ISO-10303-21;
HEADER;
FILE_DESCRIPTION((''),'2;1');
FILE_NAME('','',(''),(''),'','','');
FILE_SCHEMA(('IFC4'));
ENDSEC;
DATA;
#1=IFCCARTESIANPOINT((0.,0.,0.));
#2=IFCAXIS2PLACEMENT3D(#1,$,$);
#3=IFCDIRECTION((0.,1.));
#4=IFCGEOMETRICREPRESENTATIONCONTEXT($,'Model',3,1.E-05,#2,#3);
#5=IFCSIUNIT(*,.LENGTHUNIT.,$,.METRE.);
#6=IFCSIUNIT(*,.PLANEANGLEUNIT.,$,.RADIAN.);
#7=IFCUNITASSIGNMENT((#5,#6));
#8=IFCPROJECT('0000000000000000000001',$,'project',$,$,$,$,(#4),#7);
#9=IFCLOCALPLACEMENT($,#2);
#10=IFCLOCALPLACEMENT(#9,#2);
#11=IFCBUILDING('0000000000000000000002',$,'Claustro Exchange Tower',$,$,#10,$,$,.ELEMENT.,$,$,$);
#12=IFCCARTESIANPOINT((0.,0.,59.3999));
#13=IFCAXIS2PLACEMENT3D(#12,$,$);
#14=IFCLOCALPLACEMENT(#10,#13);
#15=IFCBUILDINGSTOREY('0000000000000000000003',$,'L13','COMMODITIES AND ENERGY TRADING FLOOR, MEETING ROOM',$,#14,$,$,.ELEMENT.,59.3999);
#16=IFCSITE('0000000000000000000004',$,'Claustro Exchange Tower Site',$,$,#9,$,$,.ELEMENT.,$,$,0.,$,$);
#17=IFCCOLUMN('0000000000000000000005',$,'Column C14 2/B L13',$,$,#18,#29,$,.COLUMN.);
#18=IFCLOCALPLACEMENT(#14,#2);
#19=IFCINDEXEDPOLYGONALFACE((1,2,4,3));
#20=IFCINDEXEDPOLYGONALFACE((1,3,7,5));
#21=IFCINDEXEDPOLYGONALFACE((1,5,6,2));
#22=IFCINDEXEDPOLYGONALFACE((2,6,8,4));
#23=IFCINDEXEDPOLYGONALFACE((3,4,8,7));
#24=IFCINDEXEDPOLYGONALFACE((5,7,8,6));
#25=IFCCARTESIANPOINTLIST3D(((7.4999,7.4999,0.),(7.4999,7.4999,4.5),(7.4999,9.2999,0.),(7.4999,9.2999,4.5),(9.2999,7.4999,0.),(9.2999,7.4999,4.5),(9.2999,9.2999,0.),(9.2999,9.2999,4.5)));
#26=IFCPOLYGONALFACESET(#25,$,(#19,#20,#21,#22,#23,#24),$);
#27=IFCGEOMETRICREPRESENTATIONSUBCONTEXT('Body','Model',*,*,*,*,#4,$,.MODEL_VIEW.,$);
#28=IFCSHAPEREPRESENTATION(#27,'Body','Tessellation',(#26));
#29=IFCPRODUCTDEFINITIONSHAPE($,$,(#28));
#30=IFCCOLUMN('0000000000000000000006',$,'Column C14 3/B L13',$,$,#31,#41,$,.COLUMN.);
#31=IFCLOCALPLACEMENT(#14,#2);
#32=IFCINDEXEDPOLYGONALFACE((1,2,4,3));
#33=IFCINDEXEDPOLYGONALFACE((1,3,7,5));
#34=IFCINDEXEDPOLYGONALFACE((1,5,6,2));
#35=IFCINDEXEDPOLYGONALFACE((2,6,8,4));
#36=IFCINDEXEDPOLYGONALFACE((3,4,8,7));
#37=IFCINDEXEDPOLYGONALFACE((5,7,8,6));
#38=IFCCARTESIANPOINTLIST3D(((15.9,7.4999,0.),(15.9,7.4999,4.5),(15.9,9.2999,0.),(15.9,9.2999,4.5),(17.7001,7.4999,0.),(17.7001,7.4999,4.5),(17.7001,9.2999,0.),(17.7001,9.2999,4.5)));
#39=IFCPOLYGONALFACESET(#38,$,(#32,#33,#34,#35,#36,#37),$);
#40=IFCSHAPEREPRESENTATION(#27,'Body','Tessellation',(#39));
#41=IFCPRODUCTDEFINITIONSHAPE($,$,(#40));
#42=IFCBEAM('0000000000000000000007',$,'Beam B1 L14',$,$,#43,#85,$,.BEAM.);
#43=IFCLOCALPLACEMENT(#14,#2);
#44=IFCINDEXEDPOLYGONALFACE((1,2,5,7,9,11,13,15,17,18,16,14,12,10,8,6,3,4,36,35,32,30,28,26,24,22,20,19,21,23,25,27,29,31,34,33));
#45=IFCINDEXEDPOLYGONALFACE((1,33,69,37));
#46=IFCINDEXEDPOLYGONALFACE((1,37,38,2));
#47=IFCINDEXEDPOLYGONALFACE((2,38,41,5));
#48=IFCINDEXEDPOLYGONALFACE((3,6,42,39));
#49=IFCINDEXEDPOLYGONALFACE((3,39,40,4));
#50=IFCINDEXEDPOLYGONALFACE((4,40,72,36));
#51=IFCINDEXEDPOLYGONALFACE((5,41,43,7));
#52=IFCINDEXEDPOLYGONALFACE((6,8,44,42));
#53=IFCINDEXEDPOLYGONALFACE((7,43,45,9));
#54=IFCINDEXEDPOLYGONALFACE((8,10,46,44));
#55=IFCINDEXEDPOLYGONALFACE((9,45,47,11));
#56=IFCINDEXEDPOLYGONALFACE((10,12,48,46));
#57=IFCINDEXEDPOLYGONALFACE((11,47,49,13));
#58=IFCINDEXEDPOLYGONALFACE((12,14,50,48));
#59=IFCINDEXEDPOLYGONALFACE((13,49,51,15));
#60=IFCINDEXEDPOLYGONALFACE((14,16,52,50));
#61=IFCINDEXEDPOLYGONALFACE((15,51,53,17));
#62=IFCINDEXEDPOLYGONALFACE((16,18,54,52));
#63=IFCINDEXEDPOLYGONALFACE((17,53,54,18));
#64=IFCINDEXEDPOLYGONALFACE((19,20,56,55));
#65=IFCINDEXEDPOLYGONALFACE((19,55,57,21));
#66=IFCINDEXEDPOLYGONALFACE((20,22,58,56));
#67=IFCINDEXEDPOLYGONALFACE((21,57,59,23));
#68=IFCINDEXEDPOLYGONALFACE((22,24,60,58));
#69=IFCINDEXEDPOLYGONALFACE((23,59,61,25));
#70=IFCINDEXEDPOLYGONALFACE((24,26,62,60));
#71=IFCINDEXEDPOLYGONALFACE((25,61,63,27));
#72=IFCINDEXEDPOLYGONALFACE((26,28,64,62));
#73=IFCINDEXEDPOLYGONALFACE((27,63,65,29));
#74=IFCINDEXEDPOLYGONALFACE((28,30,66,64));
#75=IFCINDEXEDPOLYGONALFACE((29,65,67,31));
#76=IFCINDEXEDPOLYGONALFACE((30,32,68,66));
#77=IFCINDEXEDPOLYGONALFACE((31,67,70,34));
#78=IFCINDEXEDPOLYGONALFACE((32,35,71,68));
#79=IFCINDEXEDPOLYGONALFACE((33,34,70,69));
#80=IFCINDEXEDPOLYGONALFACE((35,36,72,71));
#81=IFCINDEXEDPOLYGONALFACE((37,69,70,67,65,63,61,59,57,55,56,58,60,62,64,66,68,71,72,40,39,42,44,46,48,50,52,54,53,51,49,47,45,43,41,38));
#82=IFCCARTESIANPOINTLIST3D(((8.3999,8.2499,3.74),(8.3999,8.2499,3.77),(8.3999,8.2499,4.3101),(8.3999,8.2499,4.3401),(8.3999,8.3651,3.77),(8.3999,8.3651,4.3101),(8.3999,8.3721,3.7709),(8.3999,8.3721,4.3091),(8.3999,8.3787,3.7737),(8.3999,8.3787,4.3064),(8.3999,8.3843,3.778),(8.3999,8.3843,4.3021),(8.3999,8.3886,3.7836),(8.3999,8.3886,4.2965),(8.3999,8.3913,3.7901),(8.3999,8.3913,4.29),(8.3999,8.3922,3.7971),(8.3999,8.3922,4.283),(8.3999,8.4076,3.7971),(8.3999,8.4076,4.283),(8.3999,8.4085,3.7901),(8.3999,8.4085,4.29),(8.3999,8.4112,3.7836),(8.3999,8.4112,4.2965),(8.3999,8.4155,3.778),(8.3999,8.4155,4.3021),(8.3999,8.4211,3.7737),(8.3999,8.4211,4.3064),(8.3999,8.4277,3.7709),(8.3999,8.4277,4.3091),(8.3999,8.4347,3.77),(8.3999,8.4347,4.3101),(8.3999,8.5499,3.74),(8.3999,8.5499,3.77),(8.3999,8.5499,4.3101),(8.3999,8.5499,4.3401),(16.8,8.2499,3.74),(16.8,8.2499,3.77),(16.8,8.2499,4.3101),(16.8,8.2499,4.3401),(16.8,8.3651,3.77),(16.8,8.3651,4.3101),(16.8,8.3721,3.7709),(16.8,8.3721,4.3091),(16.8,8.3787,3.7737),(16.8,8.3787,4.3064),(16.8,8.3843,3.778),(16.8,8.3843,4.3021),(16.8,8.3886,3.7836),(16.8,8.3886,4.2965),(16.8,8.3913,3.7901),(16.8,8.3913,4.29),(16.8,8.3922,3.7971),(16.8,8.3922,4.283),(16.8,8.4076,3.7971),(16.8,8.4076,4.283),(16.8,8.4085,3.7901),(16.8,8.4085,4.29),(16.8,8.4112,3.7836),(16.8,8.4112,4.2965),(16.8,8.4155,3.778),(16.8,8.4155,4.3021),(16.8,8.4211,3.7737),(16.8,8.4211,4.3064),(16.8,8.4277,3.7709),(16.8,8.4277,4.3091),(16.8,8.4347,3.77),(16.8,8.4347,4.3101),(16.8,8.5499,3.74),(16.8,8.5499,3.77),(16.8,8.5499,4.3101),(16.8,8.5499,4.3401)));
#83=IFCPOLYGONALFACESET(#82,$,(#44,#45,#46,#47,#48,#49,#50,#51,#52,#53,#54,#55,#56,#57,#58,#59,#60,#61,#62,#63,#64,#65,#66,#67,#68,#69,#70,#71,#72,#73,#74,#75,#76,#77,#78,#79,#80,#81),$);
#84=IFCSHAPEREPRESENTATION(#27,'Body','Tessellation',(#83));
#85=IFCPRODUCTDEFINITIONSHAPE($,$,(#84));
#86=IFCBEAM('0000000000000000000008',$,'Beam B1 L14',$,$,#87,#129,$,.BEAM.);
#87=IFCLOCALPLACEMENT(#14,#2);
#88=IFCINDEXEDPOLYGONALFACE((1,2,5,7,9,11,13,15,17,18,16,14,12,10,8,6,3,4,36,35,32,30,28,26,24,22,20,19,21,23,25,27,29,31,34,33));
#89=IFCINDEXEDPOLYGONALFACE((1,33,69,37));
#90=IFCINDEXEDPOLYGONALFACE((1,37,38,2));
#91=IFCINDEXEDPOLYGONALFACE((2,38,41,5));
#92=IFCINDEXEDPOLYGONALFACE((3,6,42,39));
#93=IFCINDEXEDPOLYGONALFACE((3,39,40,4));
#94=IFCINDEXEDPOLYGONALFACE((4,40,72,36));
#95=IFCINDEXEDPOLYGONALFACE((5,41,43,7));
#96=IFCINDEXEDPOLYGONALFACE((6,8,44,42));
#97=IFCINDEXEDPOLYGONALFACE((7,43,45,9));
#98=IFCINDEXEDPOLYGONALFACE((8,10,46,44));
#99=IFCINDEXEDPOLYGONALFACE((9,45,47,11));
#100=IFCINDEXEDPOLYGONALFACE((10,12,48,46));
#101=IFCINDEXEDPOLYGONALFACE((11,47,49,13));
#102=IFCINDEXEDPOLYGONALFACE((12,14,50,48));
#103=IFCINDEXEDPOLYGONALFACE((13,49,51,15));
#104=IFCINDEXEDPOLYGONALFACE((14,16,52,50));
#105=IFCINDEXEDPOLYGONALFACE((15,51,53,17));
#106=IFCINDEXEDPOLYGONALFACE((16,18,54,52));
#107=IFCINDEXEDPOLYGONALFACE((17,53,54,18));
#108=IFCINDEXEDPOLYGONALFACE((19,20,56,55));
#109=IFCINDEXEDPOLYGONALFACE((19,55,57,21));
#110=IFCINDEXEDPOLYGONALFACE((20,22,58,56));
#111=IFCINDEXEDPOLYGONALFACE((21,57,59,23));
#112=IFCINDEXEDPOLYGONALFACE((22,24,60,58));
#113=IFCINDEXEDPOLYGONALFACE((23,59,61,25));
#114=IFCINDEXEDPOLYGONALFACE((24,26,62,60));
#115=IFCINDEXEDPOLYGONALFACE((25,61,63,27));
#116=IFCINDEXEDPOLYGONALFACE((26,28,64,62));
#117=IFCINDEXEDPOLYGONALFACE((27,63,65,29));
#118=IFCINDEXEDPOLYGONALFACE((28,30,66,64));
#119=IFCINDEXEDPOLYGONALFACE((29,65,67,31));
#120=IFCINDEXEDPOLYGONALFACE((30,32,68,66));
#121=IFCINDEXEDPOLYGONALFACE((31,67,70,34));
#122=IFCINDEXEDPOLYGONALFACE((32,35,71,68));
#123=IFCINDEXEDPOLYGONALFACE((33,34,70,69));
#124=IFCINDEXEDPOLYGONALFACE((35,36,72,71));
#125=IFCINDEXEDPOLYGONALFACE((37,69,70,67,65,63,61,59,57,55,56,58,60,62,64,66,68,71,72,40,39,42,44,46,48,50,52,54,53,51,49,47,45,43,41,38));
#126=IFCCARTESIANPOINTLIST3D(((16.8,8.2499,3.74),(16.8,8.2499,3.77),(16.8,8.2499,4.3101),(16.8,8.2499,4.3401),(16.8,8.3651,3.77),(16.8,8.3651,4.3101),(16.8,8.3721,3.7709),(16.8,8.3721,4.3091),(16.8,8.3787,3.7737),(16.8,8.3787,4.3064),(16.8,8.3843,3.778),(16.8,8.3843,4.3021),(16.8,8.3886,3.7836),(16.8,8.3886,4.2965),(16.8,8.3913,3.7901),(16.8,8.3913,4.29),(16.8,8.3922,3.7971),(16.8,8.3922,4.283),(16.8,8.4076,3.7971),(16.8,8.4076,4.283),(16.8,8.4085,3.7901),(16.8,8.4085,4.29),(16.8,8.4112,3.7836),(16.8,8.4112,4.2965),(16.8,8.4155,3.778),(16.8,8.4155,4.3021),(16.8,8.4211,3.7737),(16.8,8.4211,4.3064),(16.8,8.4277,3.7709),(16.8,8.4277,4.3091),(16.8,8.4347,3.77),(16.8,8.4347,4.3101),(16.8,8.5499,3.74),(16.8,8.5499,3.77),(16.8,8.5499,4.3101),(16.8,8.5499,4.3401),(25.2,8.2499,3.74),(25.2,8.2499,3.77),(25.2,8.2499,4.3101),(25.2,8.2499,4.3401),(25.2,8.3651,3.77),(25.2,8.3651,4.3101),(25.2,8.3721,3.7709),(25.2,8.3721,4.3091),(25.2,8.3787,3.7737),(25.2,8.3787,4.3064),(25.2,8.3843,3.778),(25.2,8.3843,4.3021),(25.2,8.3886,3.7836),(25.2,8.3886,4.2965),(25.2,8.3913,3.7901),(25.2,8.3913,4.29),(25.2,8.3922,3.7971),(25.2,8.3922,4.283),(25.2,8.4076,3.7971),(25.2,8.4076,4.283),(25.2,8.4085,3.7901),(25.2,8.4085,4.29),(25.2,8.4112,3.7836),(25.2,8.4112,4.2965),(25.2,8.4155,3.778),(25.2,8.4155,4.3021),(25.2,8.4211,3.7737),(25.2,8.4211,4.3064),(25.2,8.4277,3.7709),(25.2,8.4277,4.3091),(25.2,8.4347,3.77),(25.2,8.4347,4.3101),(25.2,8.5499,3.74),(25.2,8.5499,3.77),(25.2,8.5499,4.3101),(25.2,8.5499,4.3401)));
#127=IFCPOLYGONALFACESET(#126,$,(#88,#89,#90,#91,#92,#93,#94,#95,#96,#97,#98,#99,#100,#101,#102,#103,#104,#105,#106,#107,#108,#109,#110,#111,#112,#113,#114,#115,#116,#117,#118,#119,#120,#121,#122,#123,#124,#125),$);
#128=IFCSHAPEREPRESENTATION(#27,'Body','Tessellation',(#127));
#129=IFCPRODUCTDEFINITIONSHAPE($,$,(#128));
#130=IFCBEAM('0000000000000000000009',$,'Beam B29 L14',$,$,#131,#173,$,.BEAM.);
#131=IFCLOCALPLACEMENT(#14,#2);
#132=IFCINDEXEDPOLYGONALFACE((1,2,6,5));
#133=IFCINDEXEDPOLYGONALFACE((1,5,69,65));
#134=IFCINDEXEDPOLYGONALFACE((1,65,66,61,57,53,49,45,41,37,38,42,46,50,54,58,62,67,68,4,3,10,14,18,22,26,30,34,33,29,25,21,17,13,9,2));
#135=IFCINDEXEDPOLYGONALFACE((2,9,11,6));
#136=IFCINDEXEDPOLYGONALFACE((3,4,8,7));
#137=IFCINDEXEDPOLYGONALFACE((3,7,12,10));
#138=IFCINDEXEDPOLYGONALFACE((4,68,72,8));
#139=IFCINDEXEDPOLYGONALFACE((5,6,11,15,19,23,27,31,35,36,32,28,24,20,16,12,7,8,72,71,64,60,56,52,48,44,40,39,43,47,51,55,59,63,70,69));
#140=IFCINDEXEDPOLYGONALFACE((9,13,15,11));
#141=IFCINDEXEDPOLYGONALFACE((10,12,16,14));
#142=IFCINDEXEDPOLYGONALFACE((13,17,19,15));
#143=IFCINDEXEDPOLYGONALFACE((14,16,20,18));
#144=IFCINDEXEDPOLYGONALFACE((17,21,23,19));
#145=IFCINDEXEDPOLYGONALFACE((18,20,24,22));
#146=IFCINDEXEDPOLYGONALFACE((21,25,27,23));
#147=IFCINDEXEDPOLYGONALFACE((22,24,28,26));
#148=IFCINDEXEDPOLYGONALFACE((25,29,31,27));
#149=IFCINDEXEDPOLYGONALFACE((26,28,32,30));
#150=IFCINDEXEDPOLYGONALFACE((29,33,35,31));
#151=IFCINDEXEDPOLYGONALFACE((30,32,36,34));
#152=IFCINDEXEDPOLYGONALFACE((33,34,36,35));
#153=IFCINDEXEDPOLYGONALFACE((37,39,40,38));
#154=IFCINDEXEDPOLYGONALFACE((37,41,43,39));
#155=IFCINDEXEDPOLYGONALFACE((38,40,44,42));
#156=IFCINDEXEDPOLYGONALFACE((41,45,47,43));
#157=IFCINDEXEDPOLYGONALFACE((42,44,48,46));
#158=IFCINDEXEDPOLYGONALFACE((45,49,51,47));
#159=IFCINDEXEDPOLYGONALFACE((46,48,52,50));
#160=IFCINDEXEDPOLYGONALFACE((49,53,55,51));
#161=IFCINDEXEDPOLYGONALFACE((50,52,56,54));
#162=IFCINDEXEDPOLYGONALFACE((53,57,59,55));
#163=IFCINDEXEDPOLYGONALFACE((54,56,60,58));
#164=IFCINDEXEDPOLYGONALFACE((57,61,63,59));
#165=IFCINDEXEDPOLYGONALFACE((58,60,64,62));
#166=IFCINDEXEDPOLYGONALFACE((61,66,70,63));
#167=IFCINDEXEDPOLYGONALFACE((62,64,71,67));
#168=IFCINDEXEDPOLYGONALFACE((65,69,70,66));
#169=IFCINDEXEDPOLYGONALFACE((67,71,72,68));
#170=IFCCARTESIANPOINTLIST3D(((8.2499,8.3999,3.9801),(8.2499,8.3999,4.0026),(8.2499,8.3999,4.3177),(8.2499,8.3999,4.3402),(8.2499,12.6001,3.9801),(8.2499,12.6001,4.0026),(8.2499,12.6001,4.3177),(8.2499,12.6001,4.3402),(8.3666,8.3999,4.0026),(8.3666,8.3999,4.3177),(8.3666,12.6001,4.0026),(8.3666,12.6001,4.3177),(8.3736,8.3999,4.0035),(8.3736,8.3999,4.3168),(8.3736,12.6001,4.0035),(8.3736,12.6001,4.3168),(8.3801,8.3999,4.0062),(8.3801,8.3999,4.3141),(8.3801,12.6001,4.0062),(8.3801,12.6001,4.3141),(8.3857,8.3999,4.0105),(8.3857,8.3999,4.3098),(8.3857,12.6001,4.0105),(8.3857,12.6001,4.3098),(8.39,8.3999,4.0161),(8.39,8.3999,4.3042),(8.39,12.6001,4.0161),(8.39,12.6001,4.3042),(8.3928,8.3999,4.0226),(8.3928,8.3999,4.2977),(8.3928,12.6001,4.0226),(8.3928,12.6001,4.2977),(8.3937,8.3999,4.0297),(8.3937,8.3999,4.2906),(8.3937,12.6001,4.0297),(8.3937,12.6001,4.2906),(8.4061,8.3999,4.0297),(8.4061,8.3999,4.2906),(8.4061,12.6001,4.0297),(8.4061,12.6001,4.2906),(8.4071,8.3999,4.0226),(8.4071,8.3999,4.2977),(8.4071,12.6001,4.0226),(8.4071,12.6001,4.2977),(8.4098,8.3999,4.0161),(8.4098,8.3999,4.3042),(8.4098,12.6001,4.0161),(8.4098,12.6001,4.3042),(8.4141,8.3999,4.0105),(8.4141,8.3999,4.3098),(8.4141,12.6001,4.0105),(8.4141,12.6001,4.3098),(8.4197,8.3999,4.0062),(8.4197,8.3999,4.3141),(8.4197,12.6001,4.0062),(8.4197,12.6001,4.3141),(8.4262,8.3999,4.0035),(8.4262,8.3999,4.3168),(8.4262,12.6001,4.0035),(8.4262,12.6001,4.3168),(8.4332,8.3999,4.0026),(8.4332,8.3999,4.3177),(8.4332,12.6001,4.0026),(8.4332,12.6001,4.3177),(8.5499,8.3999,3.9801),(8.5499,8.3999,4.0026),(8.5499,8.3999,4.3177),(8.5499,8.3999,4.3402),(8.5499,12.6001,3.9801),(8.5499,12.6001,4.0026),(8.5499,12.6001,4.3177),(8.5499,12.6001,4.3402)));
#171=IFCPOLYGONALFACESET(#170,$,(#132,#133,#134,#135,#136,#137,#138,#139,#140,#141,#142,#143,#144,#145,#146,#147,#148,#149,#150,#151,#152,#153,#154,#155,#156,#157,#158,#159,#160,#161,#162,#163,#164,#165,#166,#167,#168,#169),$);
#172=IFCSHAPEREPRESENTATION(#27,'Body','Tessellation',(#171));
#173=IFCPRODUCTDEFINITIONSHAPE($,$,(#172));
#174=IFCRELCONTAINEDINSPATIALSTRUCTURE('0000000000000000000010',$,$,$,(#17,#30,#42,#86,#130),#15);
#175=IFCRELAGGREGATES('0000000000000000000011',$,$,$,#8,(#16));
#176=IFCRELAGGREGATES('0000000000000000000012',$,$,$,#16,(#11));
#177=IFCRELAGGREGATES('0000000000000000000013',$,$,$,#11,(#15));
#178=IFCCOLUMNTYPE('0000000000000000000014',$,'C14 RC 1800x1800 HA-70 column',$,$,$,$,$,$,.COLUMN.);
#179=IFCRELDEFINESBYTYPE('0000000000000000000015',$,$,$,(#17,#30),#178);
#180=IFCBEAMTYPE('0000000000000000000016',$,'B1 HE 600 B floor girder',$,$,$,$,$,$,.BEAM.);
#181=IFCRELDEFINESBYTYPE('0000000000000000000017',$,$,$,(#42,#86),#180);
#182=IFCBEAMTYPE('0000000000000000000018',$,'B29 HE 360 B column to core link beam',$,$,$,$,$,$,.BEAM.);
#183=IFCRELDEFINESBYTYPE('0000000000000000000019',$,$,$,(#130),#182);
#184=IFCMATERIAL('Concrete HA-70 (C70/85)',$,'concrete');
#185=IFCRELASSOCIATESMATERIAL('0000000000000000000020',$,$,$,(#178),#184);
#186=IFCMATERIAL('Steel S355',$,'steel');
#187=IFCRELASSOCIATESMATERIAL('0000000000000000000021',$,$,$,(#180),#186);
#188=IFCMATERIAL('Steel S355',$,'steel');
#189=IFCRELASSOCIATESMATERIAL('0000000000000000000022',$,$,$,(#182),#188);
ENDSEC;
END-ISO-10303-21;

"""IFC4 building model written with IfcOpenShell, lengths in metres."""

from ifc_helpers import new_model, si_unit, direction, frame, origin, origin_2d, place, context, subcontext, project, spatial, rectangle, i_section, extrude, material, material_profile, profile_set, type_object, element, save


model = new_model("IFC4")

# Units and contexts
model_context = context("Model", 3, precision=1e-05, world=origin(), true_north=direction((0.0, 1.0)))
body_context = subcontext(model_context, "Body", "Model", "MODEL_VIEW")
ifc_project = project(units=[si_unit("LENGTHUNIT", "METRE"), si_unit("PLANEANGLEUNIT", "RADIAN")], contexts=[model_context])

# Site, building, storey
site_placement = place(None, origin())
site = spatial("IfcSite", under=ifc_project, at=site_placement, Name="Claustro Exchange Tower Site", CompositionType="ELEMENT", RefElevation=0.0)
building_placement = place(site_placement, origin())
building = spatial("IfcBuilding", under=site, at=building_placement, Name="Claustro Exchange Tower", CompositionType="ELEMENT")
storey_placement = place(building_placement, frame((0.0, 0.0, 59.3999)))
storey = spatial("IfcBuildingStorey", under=building, at=storey_placement, Name="L13", Description="COMMODITIES AND ENERGY TRADING FLOOR, MEETING ROOM", CompositionType="ELEMENT", Elevation=59.3999)

# Columns
ifc_material_1 = material(Name="Concrete HA-70 (C70/85)", Category="concrete")
ifc_material_profile_1 = material_profile(ifc_material_1, rectangle(XDim=1.8, YDim=1.8, at=origin_2d()), Name="RC 1800x1800")
ifc_profile_set_1 = profile_set([ifc_material_profile_1], Name="Concrete HA-70 (C70/85)")
column_type = type_object("IfcColumnType", Name="C14 RC 1800x1800 HA-70 column", PredefinedType="COLUMN", material=ifc_profile_set_1)
for number, where, z_axis, x_axis, name in (
    (1, (8.3999, 8.3999, 0.0), (0.0, 0.0, 1.0), (1.0, 0.0, 0.0), "Column C14 2/B L13"),
    (2, (16.8, 8.3999, 0.0), (0.0, 0.0, 1.0), (1.0, 0.0, 0.0), "Column C14 3/B L13"),
):
    element("IfcColumn", number, at=place(storey_placement, frame(where, z_axis=z_axis, x_axis=x_axis)), inside=storey, type_object=column_type, Name=name, PredefinedType="COLUMN", context=body_context, shape_type="SweptSolid", body=[
        extrude(rectangle(XDim=1.8, YDim=1.8, at=origin_2d()), origin(), (0.0, 0.0, 1.0), 4.5),
    ])

# Beams
ifc_material_2 = material(Name="Steel S355", Category="steel")
ifc_material_profile_2 = material_profile(ifc_material_2, i_section(OverallWidth=0.3, OverallDepth=0.6001, WebThickness=0.0154, FlangeThickness=0.03, FilletRadius=0.0271, at=origin_2d()), Name="HE 600 B")
ifc_profile_set_2 = profile_set([ifc_material_profile_2], Name="Steel S355")
beam_type_1 = type_object("IfcBeamType", Name="B1 HE 600 B floor girder", PredefinedType="BEAM", material=ifc_profile_set_2)
beam_1_placement = place(storey_placement, frame((8.3999, 8.3999, 4.04), z_axis=(1.0, 0.0, 0.0), x_axis=(0.0, 1.0, 0.0)))
element("IfcBeam", 3, at=beam_1_placement, inside=storey, type_object=beam_type_1, Name="Beam B1 L14", PredefinedType="BEAM", context=body_context, shape_type="SweptSolid", body=[
    extrude(i_section(OverallWidth=0.3, OverallDepth=0.6001, WebThickness=0.0154, FlangeThickness=0.03, FilletRadius=0.0271, at=origin_2d()), origin(), (0.0, 0.0, 1.0), 8.4001),
])
beam_2_placement = place(storey_placement, frame((16.8, 8.3999, 4.04), z_axis=(1.0, 0.0, 0.0), x_axis=(0.0, 1.0, 0.0)))
element("IfcBeam", 4, at=beam_2_placement, inside=storey, type_object=beam_type_1, Name="Beam B1 L14", PredefinedType="BEAM", context=body_context, shape_type="SweptSolid", body=[
    extrude(i_section(OverallWidth=0.3, OverallDepth=0.6001, WebThickness=0.0154, FlangeThickness=0.03, FilletRadius=0.0271, at=origin_2d()), origin(), (0.0, 0.0, 1.0), 8.3999),
])
ifc_material_3 = material(Name="Steel S355", Category="steel")
ifc_material_profile_3 = material_profile(ifc_material_3, i_section(OverallWidth=0.3, OverallDepth=0.3601, WebThickness=0.0125, FlangeThickness=0.0225, FilletRadius=0.0271, at=origin_2d()), Name="HE 360 B")
ifc_profile_set_3 = profile_set([ifc_material_profile_3], Name="Steel S355")
beam_type_2 = type_object("IfcBeamType", Name="B29 HE 360 B column to core link beam", PredefinedType="BEAM", material=ifc_profile_set_3)
for number, where, z_axis, x_axis, name in (
    (5, (8.3999, 8.3999, 4.1602), (0.0, 1.0, 0.0), (-1.0, 0.0, 0.0), "Beam B29 L14"),
):
    element("IfcBeam", number, at=place(storey_placement, frame(where, z_axis=z_axis, x_axis=x_axis)), inside=storey, type_object=beam_type_2, Name=name, PredefinedType="BEAM", context=body_context, shape_type="SweptSolid", body=[
        extrude(i_section(OverallWidth=0.3, OverallDepth=0.3601, WebThickness=0.0125, FlangeThickness=0.0225, FilletRadius=0.0271, at=origin_2d()), origin(), (0.0, 0.0, 1.0), 4.2002),
    ])

save(model, "model.ifc")
